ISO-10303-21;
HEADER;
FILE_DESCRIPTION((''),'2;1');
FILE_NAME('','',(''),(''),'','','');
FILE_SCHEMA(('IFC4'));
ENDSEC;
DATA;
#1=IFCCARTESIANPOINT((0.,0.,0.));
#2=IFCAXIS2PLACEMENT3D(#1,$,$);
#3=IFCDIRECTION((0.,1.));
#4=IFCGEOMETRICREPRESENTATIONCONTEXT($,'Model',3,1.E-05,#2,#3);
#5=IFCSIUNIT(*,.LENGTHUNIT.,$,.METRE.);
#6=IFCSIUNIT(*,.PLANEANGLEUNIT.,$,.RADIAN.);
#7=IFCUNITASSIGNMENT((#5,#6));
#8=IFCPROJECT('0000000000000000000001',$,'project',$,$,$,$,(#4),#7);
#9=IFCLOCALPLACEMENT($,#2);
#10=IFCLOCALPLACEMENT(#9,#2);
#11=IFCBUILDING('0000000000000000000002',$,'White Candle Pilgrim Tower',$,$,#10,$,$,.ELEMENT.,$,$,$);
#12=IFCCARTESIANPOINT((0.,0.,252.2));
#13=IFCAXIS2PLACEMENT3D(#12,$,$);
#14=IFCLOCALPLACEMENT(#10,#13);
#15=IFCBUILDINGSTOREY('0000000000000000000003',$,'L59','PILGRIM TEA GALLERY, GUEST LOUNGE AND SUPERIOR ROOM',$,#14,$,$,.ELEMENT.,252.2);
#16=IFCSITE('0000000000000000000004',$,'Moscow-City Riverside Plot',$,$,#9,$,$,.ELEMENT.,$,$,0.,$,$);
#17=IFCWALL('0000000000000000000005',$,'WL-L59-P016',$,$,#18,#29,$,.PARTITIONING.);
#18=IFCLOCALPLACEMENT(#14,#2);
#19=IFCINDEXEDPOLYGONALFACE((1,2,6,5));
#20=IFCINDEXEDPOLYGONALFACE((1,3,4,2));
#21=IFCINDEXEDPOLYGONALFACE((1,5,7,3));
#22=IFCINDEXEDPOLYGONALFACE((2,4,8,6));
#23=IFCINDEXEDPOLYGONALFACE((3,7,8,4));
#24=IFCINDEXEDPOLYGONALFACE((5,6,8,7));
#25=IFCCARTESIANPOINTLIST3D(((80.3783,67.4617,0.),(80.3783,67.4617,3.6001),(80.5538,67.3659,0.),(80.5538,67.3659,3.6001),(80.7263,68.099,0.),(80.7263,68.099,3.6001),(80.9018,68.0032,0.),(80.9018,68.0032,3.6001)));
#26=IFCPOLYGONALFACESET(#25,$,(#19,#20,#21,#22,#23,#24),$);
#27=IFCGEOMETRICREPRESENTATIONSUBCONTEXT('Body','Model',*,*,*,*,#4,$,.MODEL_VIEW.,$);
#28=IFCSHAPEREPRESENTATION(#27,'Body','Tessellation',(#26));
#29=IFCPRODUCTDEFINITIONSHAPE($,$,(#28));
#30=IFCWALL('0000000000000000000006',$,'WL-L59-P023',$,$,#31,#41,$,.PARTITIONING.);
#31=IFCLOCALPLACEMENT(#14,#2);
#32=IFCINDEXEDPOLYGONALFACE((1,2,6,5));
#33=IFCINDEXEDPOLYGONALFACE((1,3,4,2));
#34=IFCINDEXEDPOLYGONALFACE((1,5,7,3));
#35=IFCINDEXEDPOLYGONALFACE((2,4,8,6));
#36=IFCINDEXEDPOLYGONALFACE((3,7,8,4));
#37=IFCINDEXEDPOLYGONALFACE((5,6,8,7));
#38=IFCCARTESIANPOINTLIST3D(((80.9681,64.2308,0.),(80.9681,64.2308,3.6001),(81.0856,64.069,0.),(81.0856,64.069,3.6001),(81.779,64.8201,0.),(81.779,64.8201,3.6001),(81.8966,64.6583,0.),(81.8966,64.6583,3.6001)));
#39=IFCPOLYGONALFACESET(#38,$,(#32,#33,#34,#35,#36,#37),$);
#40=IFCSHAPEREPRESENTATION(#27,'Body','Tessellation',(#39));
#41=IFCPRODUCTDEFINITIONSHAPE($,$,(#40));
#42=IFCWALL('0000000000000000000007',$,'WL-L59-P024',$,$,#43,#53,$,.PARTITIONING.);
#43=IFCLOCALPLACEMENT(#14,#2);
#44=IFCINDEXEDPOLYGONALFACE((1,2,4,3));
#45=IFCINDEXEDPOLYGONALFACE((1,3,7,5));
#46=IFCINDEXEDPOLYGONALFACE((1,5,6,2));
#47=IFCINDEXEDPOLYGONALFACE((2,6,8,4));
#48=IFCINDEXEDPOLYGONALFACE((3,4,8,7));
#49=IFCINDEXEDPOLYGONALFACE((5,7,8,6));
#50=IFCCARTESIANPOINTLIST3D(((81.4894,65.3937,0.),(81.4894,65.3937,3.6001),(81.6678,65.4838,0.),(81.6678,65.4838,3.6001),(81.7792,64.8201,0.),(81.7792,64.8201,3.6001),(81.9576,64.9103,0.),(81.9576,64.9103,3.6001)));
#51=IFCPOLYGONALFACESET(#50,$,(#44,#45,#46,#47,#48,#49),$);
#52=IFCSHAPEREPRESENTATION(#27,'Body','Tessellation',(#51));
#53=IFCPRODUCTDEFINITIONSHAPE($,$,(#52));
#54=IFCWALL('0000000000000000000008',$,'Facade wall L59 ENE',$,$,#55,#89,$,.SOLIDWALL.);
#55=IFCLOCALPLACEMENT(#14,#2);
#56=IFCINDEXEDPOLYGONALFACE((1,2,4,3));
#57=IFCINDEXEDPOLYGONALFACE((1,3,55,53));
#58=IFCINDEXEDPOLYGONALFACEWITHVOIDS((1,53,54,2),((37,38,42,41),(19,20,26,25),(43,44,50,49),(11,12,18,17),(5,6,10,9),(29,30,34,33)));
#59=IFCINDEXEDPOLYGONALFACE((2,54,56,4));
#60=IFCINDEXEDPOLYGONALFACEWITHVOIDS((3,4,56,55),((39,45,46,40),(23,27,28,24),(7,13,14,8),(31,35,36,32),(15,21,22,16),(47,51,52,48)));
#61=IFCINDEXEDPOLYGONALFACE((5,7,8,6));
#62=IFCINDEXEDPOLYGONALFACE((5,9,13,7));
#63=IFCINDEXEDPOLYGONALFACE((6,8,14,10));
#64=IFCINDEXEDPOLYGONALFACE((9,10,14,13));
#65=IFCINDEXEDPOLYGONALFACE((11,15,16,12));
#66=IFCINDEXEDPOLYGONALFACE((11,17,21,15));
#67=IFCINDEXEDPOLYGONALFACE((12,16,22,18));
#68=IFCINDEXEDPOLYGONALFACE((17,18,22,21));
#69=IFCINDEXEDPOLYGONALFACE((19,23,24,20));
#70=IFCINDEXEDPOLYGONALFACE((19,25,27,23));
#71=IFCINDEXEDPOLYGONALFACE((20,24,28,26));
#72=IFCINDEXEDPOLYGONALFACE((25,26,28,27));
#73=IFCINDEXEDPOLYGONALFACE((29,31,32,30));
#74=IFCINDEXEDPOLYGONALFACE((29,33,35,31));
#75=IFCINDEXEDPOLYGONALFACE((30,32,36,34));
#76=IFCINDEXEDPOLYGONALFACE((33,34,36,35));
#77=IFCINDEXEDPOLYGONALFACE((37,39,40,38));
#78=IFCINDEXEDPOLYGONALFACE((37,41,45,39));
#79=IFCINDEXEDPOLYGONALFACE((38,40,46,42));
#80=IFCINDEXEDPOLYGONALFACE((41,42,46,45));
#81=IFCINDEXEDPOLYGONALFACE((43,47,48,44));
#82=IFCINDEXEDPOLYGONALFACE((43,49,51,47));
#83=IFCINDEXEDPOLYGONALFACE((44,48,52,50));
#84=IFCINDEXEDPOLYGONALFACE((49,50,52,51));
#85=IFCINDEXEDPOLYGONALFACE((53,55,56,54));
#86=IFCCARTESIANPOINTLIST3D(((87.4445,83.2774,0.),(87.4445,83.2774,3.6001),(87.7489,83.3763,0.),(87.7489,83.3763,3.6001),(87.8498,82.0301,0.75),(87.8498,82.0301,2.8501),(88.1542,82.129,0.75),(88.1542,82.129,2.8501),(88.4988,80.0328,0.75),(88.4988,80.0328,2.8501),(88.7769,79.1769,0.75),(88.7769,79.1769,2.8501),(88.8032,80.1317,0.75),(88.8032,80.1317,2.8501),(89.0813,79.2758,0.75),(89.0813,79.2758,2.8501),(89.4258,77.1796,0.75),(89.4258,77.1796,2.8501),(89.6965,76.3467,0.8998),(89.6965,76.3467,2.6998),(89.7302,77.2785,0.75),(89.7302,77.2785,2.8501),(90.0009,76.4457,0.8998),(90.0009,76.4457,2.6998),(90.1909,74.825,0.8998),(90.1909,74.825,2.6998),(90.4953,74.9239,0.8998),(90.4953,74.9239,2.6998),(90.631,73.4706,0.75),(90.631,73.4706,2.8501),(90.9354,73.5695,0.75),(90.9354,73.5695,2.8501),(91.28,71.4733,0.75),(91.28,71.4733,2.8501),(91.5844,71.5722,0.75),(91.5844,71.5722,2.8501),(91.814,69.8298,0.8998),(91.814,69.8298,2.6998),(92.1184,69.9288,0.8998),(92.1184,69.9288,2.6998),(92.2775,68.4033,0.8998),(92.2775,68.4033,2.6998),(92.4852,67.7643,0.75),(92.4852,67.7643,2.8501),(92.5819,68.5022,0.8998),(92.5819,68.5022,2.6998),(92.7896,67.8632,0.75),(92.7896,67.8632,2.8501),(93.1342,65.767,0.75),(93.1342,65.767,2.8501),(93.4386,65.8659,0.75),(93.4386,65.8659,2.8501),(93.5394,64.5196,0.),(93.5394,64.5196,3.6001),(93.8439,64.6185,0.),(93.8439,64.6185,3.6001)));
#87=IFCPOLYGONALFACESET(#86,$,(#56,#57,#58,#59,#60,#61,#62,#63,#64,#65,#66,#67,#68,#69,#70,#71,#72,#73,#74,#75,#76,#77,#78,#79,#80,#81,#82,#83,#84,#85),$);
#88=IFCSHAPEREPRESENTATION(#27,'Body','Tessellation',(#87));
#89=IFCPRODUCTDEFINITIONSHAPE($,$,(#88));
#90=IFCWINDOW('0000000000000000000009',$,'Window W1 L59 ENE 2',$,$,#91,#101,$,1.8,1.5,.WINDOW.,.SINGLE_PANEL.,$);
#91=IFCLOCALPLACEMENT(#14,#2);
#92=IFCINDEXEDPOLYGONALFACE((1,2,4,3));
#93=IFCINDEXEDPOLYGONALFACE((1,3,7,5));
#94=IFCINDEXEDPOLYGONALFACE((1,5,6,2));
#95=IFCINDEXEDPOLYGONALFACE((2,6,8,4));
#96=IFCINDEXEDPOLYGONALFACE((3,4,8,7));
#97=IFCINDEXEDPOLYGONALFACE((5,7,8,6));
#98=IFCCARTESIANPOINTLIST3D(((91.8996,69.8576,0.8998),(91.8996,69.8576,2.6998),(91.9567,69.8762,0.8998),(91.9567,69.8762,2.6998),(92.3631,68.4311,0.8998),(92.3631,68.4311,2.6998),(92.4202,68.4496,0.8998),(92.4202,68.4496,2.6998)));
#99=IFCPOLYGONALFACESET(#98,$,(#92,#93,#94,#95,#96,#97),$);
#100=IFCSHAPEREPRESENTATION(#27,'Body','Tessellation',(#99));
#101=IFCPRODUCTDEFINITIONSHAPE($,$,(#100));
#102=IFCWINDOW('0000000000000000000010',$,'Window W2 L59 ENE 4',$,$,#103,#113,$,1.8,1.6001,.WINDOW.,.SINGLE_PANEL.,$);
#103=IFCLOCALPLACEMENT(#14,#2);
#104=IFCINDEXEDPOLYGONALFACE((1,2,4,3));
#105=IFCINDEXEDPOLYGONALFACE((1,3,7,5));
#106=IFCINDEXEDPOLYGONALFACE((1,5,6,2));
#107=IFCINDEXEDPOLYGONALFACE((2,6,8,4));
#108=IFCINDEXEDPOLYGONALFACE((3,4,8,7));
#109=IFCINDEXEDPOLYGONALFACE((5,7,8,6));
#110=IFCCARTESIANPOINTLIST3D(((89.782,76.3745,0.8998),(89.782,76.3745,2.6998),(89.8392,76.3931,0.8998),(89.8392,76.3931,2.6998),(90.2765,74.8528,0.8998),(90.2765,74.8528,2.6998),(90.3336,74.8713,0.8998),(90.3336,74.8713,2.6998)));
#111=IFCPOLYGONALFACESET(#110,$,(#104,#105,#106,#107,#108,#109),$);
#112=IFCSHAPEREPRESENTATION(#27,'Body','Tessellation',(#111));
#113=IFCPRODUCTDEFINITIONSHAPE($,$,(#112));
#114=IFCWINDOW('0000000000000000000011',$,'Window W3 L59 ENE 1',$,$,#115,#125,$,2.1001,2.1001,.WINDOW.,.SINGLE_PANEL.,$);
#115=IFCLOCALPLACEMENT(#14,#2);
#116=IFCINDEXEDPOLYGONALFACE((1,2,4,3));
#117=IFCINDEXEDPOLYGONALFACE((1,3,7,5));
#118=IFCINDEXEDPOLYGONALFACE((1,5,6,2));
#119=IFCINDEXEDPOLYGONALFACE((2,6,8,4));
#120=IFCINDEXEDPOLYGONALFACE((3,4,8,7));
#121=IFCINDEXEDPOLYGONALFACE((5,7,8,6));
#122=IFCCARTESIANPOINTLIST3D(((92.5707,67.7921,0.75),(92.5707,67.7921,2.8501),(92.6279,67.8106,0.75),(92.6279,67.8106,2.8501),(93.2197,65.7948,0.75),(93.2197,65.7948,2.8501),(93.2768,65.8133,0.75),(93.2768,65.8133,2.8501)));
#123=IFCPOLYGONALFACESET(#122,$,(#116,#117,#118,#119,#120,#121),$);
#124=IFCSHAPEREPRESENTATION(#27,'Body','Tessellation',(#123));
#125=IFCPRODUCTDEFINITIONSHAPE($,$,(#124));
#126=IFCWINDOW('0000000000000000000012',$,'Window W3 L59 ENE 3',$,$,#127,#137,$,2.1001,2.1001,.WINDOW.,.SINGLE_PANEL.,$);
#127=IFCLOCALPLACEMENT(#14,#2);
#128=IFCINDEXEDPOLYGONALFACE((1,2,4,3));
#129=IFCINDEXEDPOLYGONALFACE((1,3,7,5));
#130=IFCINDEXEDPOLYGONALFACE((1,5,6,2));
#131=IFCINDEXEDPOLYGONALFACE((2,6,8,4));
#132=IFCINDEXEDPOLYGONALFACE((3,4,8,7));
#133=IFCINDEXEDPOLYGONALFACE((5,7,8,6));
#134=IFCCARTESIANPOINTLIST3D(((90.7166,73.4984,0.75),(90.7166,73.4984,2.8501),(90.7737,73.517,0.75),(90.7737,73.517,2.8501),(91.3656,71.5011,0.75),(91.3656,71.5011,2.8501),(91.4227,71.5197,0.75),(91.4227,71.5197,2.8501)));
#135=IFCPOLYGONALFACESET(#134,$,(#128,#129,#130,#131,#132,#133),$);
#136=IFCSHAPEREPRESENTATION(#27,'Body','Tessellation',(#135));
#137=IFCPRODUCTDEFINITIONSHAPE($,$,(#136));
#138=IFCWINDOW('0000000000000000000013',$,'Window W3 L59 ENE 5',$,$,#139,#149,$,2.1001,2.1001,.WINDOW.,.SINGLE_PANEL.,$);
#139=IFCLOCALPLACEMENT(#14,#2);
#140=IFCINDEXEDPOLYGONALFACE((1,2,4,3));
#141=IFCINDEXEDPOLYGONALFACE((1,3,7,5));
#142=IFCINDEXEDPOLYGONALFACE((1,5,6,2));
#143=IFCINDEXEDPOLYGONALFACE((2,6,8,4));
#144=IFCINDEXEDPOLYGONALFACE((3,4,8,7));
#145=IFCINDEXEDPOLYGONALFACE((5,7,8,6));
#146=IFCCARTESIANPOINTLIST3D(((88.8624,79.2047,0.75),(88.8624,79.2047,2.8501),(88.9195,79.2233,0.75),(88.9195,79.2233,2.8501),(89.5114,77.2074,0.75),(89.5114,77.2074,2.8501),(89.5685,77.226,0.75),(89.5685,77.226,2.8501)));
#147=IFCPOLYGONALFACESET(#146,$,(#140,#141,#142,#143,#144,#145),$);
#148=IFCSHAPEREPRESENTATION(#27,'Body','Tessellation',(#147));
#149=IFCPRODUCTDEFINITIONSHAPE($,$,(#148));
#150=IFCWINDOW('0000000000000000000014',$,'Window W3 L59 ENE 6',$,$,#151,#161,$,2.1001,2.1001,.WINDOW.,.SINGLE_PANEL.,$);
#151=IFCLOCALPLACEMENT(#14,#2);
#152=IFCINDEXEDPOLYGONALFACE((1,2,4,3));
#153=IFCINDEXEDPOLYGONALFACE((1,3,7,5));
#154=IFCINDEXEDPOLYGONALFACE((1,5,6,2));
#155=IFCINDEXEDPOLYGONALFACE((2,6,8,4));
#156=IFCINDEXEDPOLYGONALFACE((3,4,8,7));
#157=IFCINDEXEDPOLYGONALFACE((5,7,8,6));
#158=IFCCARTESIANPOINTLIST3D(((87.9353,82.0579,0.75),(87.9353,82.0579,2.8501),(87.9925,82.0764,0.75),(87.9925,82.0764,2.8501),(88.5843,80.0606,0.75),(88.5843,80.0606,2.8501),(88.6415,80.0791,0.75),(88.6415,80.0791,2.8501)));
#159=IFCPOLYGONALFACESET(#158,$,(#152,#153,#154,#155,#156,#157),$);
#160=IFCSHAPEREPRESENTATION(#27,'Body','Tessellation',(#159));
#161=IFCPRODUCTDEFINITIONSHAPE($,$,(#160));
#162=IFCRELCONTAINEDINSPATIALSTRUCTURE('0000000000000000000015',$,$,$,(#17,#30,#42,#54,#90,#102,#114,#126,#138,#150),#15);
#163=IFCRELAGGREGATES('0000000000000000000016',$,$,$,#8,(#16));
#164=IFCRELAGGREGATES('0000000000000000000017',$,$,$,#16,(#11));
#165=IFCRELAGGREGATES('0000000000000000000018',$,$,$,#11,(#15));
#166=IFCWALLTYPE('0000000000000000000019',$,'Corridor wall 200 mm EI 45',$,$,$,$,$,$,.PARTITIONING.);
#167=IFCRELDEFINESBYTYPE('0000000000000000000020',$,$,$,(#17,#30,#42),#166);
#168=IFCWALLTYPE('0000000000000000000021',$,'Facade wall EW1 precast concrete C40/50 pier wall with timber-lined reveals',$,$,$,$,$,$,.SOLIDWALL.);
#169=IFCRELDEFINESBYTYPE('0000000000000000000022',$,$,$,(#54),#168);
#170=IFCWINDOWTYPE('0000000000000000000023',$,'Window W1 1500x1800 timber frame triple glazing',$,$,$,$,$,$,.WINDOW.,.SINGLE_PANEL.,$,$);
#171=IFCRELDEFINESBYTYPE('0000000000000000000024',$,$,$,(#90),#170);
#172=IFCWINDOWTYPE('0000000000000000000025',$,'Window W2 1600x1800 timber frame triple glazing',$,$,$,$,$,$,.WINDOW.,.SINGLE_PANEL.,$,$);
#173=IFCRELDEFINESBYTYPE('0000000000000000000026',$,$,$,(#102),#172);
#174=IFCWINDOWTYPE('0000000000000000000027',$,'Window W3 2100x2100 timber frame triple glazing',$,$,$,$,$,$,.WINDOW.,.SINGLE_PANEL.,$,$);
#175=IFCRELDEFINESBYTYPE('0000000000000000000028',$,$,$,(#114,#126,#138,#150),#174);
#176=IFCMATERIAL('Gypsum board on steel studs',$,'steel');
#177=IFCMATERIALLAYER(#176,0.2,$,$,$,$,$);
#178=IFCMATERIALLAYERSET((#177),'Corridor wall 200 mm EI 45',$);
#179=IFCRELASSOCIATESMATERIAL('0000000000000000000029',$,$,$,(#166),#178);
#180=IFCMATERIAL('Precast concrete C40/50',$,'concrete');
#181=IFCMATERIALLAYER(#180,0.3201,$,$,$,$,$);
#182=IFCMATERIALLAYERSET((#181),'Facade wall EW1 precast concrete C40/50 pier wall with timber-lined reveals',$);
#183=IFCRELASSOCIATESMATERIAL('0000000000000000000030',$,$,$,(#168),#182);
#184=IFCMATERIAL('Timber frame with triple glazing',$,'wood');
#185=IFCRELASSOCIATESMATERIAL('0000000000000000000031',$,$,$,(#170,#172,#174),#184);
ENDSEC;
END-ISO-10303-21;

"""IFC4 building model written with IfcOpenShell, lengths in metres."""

from ifc_helpers import new_model, si_unit, direction, frame, frame_2d, origin, place, context, subcontext, project, spatial, rectangle, extrude, material, layer, layer_set, type_object, element, fill, save


model = new_model("IFC4")

# Units and contexts
model_context = context("Model", 3, precision=1e-05, world=origin(), true_north=direction((0.0, 1.0)))
body_context = subcontext(model_context, "Body", "Model", "MODEL_VIEW")
ifc_project = project(units=[si_unit("LENGTHUNIT", "METRE"), si_unit("PLANEANGLEUNIT", "RADIAN")], contexts=[model_context])

# Site, building, storey
site_placement = place(None, origin())
site = spatial("IfcSite", under=ifc_project, at=site_placement, Name="Moscow-City Riverside Plot", CompositionType="ELEMENT", RefElevation=0.0)
building_placement = place(site_placement, origin())
building = spatial("IfcBuilding", under=site, at=building_placement, Name="White Candle Pilgrim Tower", CompositionType="ELEMENT")
storey_placement = place(building_placement, frame((0.0, 0.0, 252.2)))
storey = spatial("IfcBuildingStorey", under=building, at=storey_placement, Name="L59", Description="PILGRIM TEA GALLERY, GUEST LOUNGE AND SUPERIOR ROOM", CompositionType="ELEMENT", Elevation=252.2)

# Shared definitions
ifc_material_1 = material(Name="Gypsum board on steel studs", Category="steel")
ifc_layer_1 = layer(ifc_material_1, 0.2)
ifc_layer_set_1 = layer_set([ifc_layer_1], Name="Corridor wall 200 mm EI 45")
wall_type_1 = type_object("IfcWallType", Name="Corridor wall 200 mm EI 45", PredefinedType="PARTITIONING", material=ifc_layer_set_1)

# Walls
wall_1_placement = place(storey_placement, frame((80.4661, 67.4138, 0.0), z_axis=(0.0, 0.0, 1.0), x_axis=(0.479206, 0.877703, 0.0)))
element("IfcWall", 1, at=wall_1_placement, inside=storey, type_object=wall_type_1, Name="WL-L59-P016", PredefinedType="PARTITIONING", context=body_context, shape_type="SweptSolid", body=[
    extrude(rectangle(XDim=0.7261, YDim=0.2, at=frame_2d((0.363, 0.0))), origin(), (0.0, 0.0, 1.0), 3.6001),
])
wall_2_placement = place(storey_placement, frame((81.0269, 64.1499, 0.0), z_axis=(0.0, 0.0, 1.0), x_axis=(0.808968, 0.587853, 0.0)))
element("IfcWall", 2, at=wall_2_placement, inside=storey, type_object=wall_type_1, Name="WL-L59-P023", PredefinedType="PARTITIONING", context=body_context, shape_type="SweptSolid", body=[
    extrude(rectangle(XDim=1.0024, YDim=0.2, at=frame_2d((0.5012, 0.0))), origin(), (0.0, 0.0, 1.0), 3.6001),
])
wall_3_placement = place(storey_placement, frame((81.8684, 64.8652, 0.0), z_axis=(0.0, 0.0, 1.0), x_axis=(-0.451009, 0.892519, 0.0)))
element("IfcWall", 3, at=wall_3_placement, inside=storey, type_object=wall_type_1, Name="WL-L59-P024", PredefinedType="PARTITIONING", context=body_context, shape_type="SweptSolid", body=[
    extrude(rectangle(XDim=0.6426, YDim=0.2, at=frame_2d((0.3213, 0.0))), origin(), (0.0, 0.0, 1.0), 3.6001),
])

# Wall, openings, windows
ifc_material_2 = material(Name="Precast concrete C40/50", Category="concrete")
ifc_layer_2 = layer(ifc_material_2, 0.3201)
ifc_layer_set_2 = layer_set([ifc_layer_2], Name="Facade wall EW1 precast concrete C40/50 pier wall with timber-lined reveals")
wall_type_2 = type_object("IfcWallType", Name="Facade wall EW1 precast concrete C40/50 pier wall with timber-lined reveals", PredefinedType="SOLIDWALL", material=ifc_layer_set_2)
wall_4_placement = place(storey_placement, frame((93.6917, 64.5691, 0.0), z_axis=(0.0, 0.0, 1.0), x_axis=(-0.309026, 0.951054, 0.0)))
wall_4 = element("IfcWall", 4, at=wall_4_placement, inside=storey, type_object=wall_type_2, Name="Facade wall L59 ENE", PredefinedType="SOLIDWALL", context=body_context, shape_type="SweptSolid", body=[
    extrude(rectangle(XDim=19.7231, YDim=0.3201, at=frame_2d((9.8616, 0.0))), origin(), (0.0, 0.0, 1.0), 3.6001),
])
opening_1_placement = place(wall_4_placement, frame((1.3115, 0.0, 0.75)))
opening_1 = element("IfcOpeningElement", 5, at=opening_1_placement, cuts=wall_4, PredefinedType="OPENING", context=body_context, shape_type="SweptSolid", body=[
    extrude(rectangle(XDim=2.1001, YDim=2.1001, at=frame_2d((1.05, 1.05))), frame((0.0, 0.1699, 0.0), z_axis=(0.0, -1.0, 0.0), x_axis=(1.0, 0.0, 0.0)), (0.0, 0.0, 1.0), 0.3401),
])
opening_2_placement = place(wall_4_placement, frame((4.0835, 0.0, 0.8999)))
opening_2 = element("IfcOpeningElement", 6, at=opening_2_placement, cuts=wall_4, PredefinedType="OPENING", context=body_context, shape_type="SweptSolid", body=[
    extrude(rectangle(XDim=1.5, YDim=1.8, at=frame_2d((0.75, 0.8999))), frame((0.0, 0.1699, 0.0), z_axis=(0.0, -1.0, 0.0), x_axis=(1.0, 0.0, 0.0)), (0.0, 0.0, 1.0), 0.3401),
])
opening_3_placement = place(wall_4_placement, frame((7.3115, 0.0, 0.75)))
opening_3 = element("IfcOpeningElement", 7, at=opening_3_placement, cuts=wall_4, PredefinedType="OPENING", context=body_context, shape_type="SweptSolid", body=[
    extrude(rectangle(XDim=2.1001, YDim=2.1001, at=frame_2d((1.05, 1.05))), frame((0.0, 0.1699, 0.0), z_axis=(0.0, -1.0, 0.0), x_axis=(1.0, 0.0, 0.0)), (0.0, 0.0, 1.0), 0.3401),
])
opening_4_placement = place(wall_4_placement, frame((10.8357, 0.0, 0.8999)))
opening_4 = element("IfcOpeningElement", 8, at=opening_4_placement, cuts=wall_4, PredefinedType="OPENING", context=body_context, shape_type="SweptSolid", body=[
    extrude(rectangle(XDim=1.6001, YDim=1.8, at=frame_2d((0.8, 0.8999))), frame((0.0, 0.1699, 0.0), z_axis=(0.0, -1.0, 0.0), x_axis=(1.0, 0.0, 0.0)), (0.0, 0.0, 1.0), 0.3401),
])
opening_5_placement = place(wall_4_placement, frame((13.3115, 0.0, 0.75)))
opening_5 = element("IfcOpeningElement", 9, at=opening_5_placement, cuts=wall_4, PredefinedType="OPENING", context=body_context, shape_type="SweptSolid", body=[
    extrude(rectangle(XDim=2.1001, YDim=2.1001, at=frame_2d((1.05, 1.05))), frame((0.0, 0.1699, 0.0), z_axis=(0.0, -1.0, 0.0), x_axis=(1.0, 0.0, 0.0)), (0.0, 0.0, 1.0), 0.3401),
])
opening_6_placement = place(wall_4_placement, frame((16.3115, 0.0, 0.75)))
opening_6 = element("IfcOpeningElement", 10, at=opening_6_placement, cuts=wall_4, PredefinedType="OPENING", context=body_context, shape_type="SweptSolid", body=[
    extrude(rectangle(XDim=2.1001, YDim=2.1001, at=frame_2d((1.05, 1.05))), frame((0.0, 0.1699, 0.0), z_axis=(0.0, -1.0, 0.0), x_axis=(1.0, 0.0, 0.0)), (0.0, 0.0, 1.0), 0.3401),
])
ifc_material_3 = material(Name="Timber frame with triple glazing", Category="wood")
window_type_1 = type_object("IfcWindowType", Name="Window W1 1500x1800 timber frame triple glazing", PartitioningType="SINGLE_PANEL", PredefinedType="WINDOW", material=ifc_material_3)
window_1_placement = place(opening_2_placement, origin())
window_1 = element("IfcWindow", 11, at=window_1_placement, inside=storey, type_object=window_type_1, Name="Window W1 L59 ENE 2", OverallHeight=1.8, OverallWidth=1.5, PartitioningType="SINGLE_PANEL", PredefinedType="WINDOW", context=body_context, shape_type="SweptSolid", body=[
    extrude(rectangle(XDim=1.5, YDim=1.8, at=frame_2d((0.75, 0.8999))), frame((0.0, 0.0701, 0.0), z_axis=(0.0, -1.0, 0.0), x_axis=(1.0, 0.0, 0.0)), (0.0, 0.0, 1.0), 0.0601),
])
fill(opening_2, window_1)
window_type_2 = type_object("IfcWindowType", Name="Window W2 1600x1800 timber frame triple glazing", PartitioningType="SINGLE_PANEL", PredefinedType="WINDOW", material=ifc_material_3)
window_2_placement = place(opening_4_placement, origin())
window_2 = element("IfcWindow", 12, at=window_2_placement, inside=storey, type_object=window_type_2, Name="Window W2 L59 ENE 4", OverallHeight=1.8, OverallWidth=1.6001, PartitioningType="SINGLE_PANEL", PredefinedType="WINDOW", context=body_context, shape_type="SweptSolid", body=[
    extrude(rectangle(XDim=1.6001, YDim=1.8, at=frame_2d((0.8, 0.8999))), frame((0.0, 0.0701, 0.0), z_axis=(0.0, -1.0, 0.0), x_axis=(1.0, 0.0, 0.0)), (0.0, 0.0, 1.0), 0.0601),
])
fill(opening_4, window_2)
window_type_3 = type_object("IfcWindowType", Name="Window W3 2100x2100 timber frame triple glazing", PartitioningType="SINGLE_PANEL", PredefinedType="WINDOW", material=ifc_material_3)
window_3_placement = place(opening_1_placement, origin())
window_3 = element("IfcWindow", 13, at=window_3_placement, inside=storey, type_object=window_type_3, Name="Window W3 L59 ENE 1", OverallHeight=2.1001, OverallWidth=2.1001, PartitioningType="SINGLE_PANEL", PredefinedType="WINDOW", context=body_context, shape_type="SweptSolid", body=[
    extrude(rectangle(XDim=2.1001, YDim=2.1001, at=frame_2d((1.05, 1.05))), frame((0.0, 0.0701, 0.0), z_axis=(0.0, -1.0, 0.0), x_axis=(1.0, 0.0, 0.0)), (0.0, 0.0, 1.0), 0.0601),
])
fill(opening_1, window_3)
window_4_placement = place(opening_3_placement, origin())
window_4 = element("IfcWindow", 14, at=window_4_placement, inside=storey, type_object=window_type_3, Name="Window W3 L59 ENE 3", OverallHeight=2.1001, OverallWidth=2.1001, PartitioningType="SINGLE_PANEL", PredefinedType="WINDOW", context=body_context, shape_type="SweptSolid", body=[
    extrude(rectangle(XDim=2.1001, YDim=2.1001, at=frame_2d((1.05, 1.05))), frame((0.0, 0.0701, 0.0), z_axis=(0.0, -1.0, 0.0), x_axis=(1.0, 0.0, 0.0)), (0.0, 0.0, 1.0), 0.0601),
])
fill(opening_3, window_4)
window_5_placement = place(opening_5_placement, origin())
window_5 = element("IfcWindow", 15, at=window_5_placement, inside=storey, type_object=window_type_3, Name="Window W3 L59 ENE 5", OverallHeight=2.1001, OverallWidth=2.1001, PartitioningType="SINGLE_PANEL", PredefinedType="WINDOW", context=body_context, shape_type="SweptSolid", body=[
    extrude(rectangle(XDim=2.1001, YDim=2.1001, at=frame_2d((1.05, 1.05))), frame((0.0, 0.0701, 0.0), z_axis=(0.0, -1.0, 0.0), x_axis=(1.0, 0.0, 0.0)), (0.0, 0.0, 1.0), 0.0601),
])
fill(opening_5, window_5)
window_6_placement = place(opening_6_placement, origin())
window_6 = element("IfcWindow", 16, at=window_6_placement, inside=storey, type_object=window_type_3, Name="Window W3 L59 ENE 6", OverallHeight=2.1001, OverallWidth=2.1001, PartitioningType="SINGLE_PANEL", PredefinedType="WINDOW", context=body_context, shape_type="SweptSolid", body=[
    extrude(rectangle(XDim=2.1001, YDim=2.1001, at=frame_2d((1.05, 1.05))), frame((0.0, 0.0701, 0.0), z_axis=(0.0, -1.0, 0.0), x_axis=(1.0, 0.0, 0.0)), (0.0, 0.0, 1.0), 0.0601),
])
fill(opening_6, window_6)

save(model, "model.ifc")
